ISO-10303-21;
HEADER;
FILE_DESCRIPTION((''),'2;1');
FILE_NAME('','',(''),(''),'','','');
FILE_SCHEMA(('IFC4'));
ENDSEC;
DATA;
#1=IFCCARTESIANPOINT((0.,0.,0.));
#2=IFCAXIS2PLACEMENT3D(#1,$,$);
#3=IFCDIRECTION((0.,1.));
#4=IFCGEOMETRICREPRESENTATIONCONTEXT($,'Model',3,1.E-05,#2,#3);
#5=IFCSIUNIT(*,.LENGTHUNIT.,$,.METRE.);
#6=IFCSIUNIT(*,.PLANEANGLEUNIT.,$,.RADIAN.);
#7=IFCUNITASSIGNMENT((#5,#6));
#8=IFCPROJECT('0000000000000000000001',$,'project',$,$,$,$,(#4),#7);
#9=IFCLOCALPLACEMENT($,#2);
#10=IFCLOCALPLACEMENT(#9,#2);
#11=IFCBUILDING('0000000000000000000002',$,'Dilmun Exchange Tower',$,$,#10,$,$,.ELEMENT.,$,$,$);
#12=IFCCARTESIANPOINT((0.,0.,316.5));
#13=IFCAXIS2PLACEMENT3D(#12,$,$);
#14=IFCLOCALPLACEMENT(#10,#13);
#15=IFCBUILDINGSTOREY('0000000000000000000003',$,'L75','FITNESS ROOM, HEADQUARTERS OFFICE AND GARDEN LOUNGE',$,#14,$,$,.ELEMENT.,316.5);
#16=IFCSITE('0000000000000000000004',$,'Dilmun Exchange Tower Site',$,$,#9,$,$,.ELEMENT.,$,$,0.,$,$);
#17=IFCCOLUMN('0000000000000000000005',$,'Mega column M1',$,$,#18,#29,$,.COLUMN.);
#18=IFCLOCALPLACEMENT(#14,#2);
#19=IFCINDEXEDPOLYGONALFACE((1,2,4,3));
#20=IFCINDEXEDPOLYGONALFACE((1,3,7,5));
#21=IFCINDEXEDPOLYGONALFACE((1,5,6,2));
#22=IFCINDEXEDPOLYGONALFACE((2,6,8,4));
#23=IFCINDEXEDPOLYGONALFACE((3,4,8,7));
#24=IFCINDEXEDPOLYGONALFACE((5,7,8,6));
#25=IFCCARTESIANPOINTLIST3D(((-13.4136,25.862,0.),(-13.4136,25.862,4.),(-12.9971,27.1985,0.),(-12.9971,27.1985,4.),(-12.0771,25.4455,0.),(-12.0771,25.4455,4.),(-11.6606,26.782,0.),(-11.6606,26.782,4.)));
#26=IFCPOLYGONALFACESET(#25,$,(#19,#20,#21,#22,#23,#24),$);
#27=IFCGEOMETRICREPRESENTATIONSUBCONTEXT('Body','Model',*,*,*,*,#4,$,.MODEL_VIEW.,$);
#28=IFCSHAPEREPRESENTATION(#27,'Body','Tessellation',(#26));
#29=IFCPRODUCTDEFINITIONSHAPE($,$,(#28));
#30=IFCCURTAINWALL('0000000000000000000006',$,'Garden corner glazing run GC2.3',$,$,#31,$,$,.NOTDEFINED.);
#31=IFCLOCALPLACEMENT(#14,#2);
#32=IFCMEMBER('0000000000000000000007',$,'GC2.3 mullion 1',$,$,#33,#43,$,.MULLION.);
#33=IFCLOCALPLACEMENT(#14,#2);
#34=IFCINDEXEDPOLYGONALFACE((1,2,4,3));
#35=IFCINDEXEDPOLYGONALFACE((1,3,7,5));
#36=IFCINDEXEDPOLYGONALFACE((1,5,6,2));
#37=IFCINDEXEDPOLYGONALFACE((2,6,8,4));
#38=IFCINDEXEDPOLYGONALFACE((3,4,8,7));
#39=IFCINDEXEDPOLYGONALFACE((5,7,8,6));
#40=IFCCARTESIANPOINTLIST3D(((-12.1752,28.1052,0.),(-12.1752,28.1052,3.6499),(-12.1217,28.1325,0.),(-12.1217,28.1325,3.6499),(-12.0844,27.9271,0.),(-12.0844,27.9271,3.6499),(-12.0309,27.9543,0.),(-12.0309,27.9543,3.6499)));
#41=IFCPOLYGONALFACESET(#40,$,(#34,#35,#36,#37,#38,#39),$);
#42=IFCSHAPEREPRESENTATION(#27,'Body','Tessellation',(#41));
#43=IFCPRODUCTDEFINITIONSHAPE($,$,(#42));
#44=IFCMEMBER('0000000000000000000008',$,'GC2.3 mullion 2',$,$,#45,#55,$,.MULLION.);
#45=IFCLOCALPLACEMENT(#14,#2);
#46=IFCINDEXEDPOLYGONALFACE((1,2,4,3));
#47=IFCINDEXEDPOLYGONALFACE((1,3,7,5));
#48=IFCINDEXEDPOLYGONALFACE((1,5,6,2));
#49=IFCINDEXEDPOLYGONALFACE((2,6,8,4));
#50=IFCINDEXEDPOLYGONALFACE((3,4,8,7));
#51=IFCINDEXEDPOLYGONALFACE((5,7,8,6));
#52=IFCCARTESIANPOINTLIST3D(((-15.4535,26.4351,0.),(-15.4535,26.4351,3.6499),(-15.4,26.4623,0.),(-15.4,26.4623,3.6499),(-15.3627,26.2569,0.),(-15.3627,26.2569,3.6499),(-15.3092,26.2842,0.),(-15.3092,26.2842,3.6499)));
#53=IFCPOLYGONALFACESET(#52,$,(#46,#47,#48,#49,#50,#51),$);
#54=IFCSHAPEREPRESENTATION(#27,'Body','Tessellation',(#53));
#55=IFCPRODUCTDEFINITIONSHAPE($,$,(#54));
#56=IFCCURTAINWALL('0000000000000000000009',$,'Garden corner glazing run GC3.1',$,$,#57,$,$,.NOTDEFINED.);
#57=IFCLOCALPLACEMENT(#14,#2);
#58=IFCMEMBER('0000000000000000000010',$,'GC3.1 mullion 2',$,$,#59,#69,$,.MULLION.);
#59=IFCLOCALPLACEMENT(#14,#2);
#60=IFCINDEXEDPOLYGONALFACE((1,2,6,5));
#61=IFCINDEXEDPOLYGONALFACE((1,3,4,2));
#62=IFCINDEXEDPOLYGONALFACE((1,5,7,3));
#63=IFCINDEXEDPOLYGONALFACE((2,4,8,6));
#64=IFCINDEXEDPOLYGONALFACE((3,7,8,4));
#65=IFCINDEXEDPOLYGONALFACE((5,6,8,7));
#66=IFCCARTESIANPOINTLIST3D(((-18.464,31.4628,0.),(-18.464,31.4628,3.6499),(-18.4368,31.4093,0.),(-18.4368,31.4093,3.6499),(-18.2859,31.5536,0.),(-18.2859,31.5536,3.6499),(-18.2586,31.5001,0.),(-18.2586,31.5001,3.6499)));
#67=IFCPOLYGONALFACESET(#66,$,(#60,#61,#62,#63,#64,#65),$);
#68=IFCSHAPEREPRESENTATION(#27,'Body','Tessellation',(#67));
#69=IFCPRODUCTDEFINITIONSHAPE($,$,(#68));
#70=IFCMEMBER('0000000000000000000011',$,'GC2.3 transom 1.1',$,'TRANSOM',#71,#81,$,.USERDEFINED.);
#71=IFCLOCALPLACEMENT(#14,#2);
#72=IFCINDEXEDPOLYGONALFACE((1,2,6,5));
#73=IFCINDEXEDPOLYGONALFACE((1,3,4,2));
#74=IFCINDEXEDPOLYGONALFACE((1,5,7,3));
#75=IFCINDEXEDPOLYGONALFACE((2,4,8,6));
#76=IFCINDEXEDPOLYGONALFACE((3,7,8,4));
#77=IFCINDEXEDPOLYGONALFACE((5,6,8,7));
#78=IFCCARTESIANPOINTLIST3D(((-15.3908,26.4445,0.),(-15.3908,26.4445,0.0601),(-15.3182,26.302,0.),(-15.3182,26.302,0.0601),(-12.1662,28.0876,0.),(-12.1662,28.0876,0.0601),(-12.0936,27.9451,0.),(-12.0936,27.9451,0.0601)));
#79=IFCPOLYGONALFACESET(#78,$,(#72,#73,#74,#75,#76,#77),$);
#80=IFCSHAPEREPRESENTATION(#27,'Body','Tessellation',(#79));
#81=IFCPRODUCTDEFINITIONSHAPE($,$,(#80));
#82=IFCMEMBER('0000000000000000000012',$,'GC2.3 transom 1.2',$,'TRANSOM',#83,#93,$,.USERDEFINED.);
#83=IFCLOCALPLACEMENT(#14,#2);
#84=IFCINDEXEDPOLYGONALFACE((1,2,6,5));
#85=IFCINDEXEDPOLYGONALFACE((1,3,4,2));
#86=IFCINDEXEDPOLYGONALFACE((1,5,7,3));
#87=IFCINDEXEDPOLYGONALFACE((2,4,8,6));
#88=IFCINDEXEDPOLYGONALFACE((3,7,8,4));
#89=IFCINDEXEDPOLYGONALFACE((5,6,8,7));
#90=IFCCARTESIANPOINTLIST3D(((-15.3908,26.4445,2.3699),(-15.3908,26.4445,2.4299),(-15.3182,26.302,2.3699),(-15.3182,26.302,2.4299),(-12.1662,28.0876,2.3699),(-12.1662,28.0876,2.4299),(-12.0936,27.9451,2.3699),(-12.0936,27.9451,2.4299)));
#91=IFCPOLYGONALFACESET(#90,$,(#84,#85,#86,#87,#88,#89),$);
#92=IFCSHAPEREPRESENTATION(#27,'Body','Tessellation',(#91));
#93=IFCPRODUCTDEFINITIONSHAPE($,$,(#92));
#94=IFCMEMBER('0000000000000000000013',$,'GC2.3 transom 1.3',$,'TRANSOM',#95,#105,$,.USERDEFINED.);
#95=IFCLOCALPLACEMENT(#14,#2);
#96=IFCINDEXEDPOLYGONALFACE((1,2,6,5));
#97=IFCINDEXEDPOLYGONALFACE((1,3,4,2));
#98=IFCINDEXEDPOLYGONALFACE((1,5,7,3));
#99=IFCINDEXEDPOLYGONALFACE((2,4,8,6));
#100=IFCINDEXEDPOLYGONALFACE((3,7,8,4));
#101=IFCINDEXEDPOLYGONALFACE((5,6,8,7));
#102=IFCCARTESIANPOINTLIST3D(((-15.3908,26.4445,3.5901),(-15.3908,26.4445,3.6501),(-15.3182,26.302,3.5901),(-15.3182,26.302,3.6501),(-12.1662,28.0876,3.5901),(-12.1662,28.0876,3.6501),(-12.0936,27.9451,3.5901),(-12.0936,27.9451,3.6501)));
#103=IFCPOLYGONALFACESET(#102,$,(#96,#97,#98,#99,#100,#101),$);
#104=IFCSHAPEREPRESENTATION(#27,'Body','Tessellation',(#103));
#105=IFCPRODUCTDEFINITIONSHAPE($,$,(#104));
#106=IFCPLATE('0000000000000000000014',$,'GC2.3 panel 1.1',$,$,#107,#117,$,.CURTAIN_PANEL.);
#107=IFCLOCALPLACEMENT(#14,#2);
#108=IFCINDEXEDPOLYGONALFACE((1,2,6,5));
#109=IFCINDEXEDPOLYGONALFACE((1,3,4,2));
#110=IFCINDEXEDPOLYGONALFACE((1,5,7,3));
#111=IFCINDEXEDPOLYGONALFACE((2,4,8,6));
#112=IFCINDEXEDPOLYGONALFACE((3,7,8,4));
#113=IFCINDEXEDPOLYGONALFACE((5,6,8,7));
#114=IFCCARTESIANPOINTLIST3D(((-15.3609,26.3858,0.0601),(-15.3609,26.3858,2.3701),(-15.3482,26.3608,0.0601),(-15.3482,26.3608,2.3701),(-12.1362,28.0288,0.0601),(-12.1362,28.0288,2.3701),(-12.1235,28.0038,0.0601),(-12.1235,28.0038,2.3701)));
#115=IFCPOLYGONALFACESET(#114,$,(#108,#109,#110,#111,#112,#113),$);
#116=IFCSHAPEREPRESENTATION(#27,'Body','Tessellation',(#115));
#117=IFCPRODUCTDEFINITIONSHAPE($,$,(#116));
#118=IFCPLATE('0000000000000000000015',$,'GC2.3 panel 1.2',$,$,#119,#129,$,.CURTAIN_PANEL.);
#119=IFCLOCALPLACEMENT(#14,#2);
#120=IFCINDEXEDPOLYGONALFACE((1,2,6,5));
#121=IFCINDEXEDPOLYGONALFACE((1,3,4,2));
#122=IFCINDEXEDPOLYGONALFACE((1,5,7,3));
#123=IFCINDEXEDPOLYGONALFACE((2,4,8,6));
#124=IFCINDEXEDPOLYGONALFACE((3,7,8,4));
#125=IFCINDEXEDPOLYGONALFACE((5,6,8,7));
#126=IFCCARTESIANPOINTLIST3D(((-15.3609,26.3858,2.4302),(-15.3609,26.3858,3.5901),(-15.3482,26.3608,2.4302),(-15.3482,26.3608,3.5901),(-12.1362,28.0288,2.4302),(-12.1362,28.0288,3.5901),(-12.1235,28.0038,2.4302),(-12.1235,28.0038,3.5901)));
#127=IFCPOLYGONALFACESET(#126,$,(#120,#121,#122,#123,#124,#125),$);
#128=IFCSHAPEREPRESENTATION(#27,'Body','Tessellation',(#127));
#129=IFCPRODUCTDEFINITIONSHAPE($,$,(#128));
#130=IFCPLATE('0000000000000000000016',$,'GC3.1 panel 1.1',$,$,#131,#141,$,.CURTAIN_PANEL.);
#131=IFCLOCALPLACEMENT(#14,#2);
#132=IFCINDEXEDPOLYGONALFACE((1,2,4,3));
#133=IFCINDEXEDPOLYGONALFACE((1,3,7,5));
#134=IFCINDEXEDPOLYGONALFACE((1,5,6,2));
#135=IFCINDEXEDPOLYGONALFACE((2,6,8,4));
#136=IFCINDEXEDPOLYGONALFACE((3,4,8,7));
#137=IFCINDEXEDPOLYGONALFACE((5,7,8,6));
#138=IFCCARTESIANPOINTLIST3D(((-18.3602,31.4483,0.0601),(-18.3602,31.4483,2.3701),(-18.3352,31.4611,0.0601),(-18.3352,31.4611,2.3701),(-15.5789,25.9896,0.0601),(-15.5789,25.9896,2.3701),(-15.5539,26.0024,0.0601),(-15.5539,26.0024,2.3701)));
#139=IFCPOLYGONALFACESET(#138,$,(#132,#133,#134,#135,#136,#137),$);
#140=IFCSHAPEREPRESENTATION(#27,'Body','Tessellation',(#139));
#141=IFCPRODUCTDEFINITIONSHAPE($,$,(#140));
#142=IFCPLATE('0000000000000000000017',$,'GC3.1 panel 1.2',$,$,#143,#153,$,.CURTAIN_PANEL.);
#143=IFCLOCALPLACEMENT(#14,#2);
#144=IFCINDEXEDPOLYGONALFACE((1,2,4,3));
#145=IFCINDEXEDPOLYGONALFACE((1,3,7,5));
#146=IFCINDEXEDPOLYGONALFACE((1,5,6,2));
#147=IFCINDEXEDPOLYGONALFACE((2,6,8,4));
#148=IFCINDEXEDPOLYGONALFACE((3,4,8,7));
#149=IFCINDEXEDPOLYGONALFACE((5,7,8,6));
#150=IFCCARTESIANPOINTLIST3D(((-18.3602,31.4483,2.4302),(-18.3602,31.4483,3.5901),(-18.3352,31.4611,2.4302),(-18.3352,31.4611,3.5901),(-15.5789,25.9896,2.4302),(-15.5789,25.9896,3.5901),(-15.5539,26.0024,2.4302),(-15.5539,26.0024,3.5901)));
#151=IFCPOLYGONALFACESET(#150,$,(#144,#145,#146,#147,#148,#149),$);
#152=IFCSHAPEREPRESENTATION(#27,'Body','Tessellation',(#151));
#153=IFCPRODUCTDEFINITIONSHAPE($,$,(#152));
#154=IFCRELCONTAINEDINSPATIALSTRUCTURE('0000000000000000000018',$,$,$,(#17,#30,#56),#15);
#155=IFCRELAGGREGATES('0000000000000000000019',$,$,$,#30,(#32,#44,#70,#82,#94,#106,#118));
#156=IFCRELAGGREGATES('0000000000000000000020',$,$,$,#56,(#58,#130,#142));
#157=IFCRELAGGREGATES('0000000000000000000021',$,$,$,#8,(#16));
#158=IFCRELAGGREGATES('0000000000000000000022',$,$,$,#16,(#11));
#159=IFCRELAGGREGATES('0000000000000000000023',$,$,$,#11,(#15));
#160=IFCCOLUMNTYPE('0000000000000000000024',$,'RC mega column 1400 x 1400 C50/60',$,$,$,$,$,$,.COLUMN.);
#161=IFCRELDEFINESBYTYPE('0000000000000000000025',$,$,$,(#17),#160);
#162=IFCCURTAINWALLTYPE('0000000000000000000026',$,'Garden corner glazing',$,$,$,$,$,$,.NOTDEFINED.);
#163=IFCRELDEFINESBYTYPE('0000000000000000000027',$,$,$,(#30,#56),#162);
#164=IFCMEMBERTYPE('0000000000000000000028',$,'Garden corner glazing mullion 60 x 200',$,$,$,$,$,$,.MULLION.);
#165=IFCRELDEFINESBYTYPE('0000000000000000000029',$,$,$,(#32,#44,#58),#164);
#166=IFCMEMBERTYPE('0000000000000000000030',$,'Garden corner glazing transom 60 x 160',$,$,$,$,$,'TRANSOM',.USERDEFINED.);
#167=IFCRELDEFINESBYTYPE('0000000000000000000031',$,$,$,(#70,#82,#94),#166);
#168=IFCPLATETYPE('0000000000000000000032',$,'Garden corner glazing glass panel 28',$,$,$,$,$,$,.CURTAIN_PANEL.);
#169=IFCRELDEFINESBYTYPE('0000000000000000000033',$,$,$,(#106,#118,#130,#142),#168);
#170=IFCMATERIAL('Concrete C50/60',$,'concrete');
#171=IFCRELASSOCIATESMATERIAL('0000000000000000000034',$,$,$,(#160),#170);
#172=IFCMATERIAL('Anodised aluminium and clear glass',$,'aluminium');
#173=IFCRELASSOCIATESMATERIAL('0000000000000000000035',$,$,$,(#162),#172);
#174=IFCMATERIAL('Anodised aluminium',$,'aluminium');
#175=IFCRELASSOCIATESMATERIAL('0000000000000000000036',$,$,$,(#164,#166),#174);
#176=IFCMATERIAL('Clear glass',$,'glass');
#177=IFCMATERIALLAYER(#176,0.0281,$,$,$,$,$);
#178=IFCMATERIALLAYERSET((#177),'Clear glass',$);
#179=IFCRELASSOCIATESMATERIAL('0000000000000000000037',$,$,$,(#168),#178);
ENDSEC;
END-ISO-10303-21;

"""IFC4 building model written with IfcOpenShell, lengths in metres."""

from ifc_helpers import new_model, si_unit, direction, frame, origin, origin_2d, place, context, subcontext, project, spatial, rectangle, extrude, material, layer, layer_set, material_profile, profile_set, type_object, element, aggregate, save


model = new_model("IFC4")

# Units and contexts
model_context = context("Model", 3, precision=1e-05, world=origin(), true_north=direction((0.0, 1.0)))
body_context = subcontext(model_context, "Body", "Model", "MODEL_VIEW")
ifc_project = project(units=[si_unit("LENGTHUNIT", "METRE"), si_unit("PLANEANGLEUNIT", "RADIAN")], contexts=[model_context])

# Site, building, storey
site_placement = place(None, origin())
site = spatial("IfcSite", under=ifc_project, at=site_placement, Name="Dilmun Exchange Tower Site", CompositionType="ELEMENT", RefElevation=0.0)
building_placement = place(site_placement, origin())
building = spatial("IfcBuilding", under=site, at=building_placement, Name="Dilmun Exchange Tower", CompositionType="ELEMENT")
storey_placement = place(building_placement, frame((0.0, 0.0, 316.5)))
storey = spatial("IfcBuildingStorey", under=building, at=storey_placement, Name="L75", Description="FITNESS ROOM, HEADQUARTERS OFFICE AND GARDEN LOUNGE", CompositionType="ELEMENT", Elevation=316.5)

# Column
ifc_material_1 = material(Name="Concrete C50/60", Category="concrete")
ifc_material_profile_1 = material_profile(ifc_material_1, rectangle(XDim=1.3999, YDim=1.3999, at=origin_2d()), Name="1400 x 1400")
ifc_profile_set_1 = profile_set([ifc_material_profile_1], Name="Concrete C50/60")
column_type = type_object("IfcColumnType", Name="RC mega column 1400 x 1400 C50/60", PredefinedType="COLUMN", material=ifc_profile_set_1)
column_placement = place(storey_placement, frame((-12.5371, 26.322, 0.0), z_axis=(0.0, 0.0, 1.0), x_axis=(0.297503, 0.954721, 0.0)))
element("IfcColumn", 1, at=column_placement, inside=storey, type_object=column_type, Name="Mega column M1", PredefinedType="COLUMN", context=body_context, shape_type="SweptSolid", body=[
    extrude(rectangle(XDim=1.3999, YDim=1.3999, at=origin_2d()), origin(), (0.0, 0.0, 1.0), 4.0),
])

# Curtain wall, members
ifc_material_2 = material(Name="Anodised aluminium and clear glass", Category="aluminium")
curtain_wall_type = type_object("IfcCurtainWallType", Name="Garden corner glazing", PredefinedType="NOTDEFINED", material=ifc_material_2)
curtain_wall_1_placement = place(storey_placement, origin())
curtain_wall_1 = element("IfcCurtainWall", 2, at=curtain_wall_1_placement, inside=storey, type_object=curtain_wall_type, Name="Garden corner glazing run GC2.3", PredefinedType="NOTDEFINED")
ifc_material_3 = material(Name="Anodised aluminium", Category="aluminium")
ifc_material_profile_2 = material_profile(ifc_material_3, rectangle(XDim=0.2, YDim=0.0601, at=origin_2d()), Name="AL 60x200")
ifc_profile_set_2 = profile_set([ifc_material_profile_2], Name="Anodised aluminium")
member_type_1 = type_object("IfcMemberType", Name="Garden corner glazing mullion 60 x 200", PredefinedType="MULLION", material=ifc_profile_set_2)
member_1_placement = place(storey_placement, frame((-12.103, 28.0298, 0.0), z_axis=(0.0, 0.0, 1.0), x_axis=(0.453983, -0.89101, 0.0)))
member_1 = element("IfcMember", 3, at=member_1_placement, type_object=member_type_1, Name="GC2.3 mullion 1", PredefinedType="MULLION", context=body_context, shape_type="SweptSolid", body=[
    extrude(rectangle(XDim=0.2, YDim=0.0601, at=origin_2d()), origin(), (0.0, 0.0, 1.0), 3.6499),
])
member_2_placement = place(storey_placement, frame((-15.3813, 26.3596, 0.0), z_axis=(0.0, 0.0, 1.0), x_axis=(0.453983, -0.89101, 0.0)))
member_2 = element("IfcMember", 4, at=member_2_placement, type_object=member_type_1, Name="GC2.3 mullion 2", PredefinedType="MULLION", context=body_context, shape_type="SweptSolid", body=[
    extrude(rectangle(XDim=0.2, YDim=0.0601, at=origin_2d()), origin(), (0.0, 0.0, 1.0), 3.6499),
])

# Curtain wall, member
curtain_wall_2_placement = place(storey_placement, origin())
curtain_wall_2 = element("IfcCurtainWall", 5, at=curtain_wall_2_placement, inside=storey, type_object=curtain_wall_type, Name="Garden corner glazing run GC3.1", PredefinedType="NOTDEFINED")
member_3_placement = place(storey_placement, frame((-18.3613, 31.4814, 0.0), z_axis=(0.0, 0.0, 1.0), x_axis=(-0.891007, -0.453989, 0.0)))
member_3 = element("IfcMember", 6, at=member_3_placement, type_object=member_type_1, Name="GC3.1 mullion 2", PredefinedType="MULLION", context=body_context, shape_type="SweptSolid", body=[
    extrude(rectangle(XDim=0.2, YDim=0.0601, at=origin_2d()), origin(), (0.0, 0.0, 1.0), 3.6499),
])

# Members
ifc_material_profile_3 = material_profile(ifc_material_3, rectangle(XDim=0.1599, YDim=0.0601, at=origin_2d()), Name="AL 60x160")
ifc_profile_set_3 = profile_set([ifc_material_profile_3], Name="Anodised aluminium")
member_type_2 = type_object("IfcMemberType", Name="Garden corner glazing transom 60 x 160", ElementType="TRANSOM", PredefinedType="USERDEFINED", material=ifc_profile_set_3)
member_4_placement = place(storey_placement, frame((-12.1299, 28.0164, 0.03), z_axis=(-0.891001, -0.454001, 0.0), x_axis=(0.454001, -0.891001, 0.0)))
member_4 = element("IfcMember", 7, at=member_4_placement, type_object=member_type_2, Name="GC2.3 transom 1.1", ObjectType="TRANSOM", PredefinedType="USERDEFINED", context=body_context, shape_type="SweptSolid", body=[
    extrude(rectangle(XDim=0.1599, YDim=0.0601, at=origin_2d()), origin(), (0.0, 0.0, 1.0), 3.6191),
])
member_5_placement = place(storey_placement, frame((-12.1299, 28.0164, 2.3999), z_axis=(-0.891001, -0.454001, 0.0), x_axis=(0.454001, -0.891001, 0.0)))
member_5 = element("IfcMember", 8, at=member_5_placement, type_object=member_type_2, Name="GC2.3 transom 1.2", ObjectType="TRANSOM", PredefinedType="USERDEFINED", context=body_context, shape_type="SweptSolid", body=[
    extrude(rectangle(XDim=0.1599, YDim=0.0601, at=origin_2d()), origin(), (0.0, 0.0, 1.0), 3.6191),
])
member_6_placement = place(storey_placement, frame((-12.1299, 28.0164, 3.6201), z_axis=(-0.891001, -0.454001, 0.0), x_axis=(0.454001, -0.891001, 0.0)))
member_6 = element("IfcMember", 9, at=member_6_placement, type_object=member_type_2, Name="GC2.3 transom 1.3", ObjectType="TRANSOM", PredefinedType="USERDEFINED", context=body_context, shape_type="SweptSolid", body=[
    extrude(rectangle(XDim=0.1599, YDim=0.0601, at=origin_2d()), origin(), (0.0, 0.0, 1.0), 3.6191),
])

# Plates
ifc_material_4 = material(Name="Clear glass", Category="glass")
ifc_layer_1 = layer(ifc_material_4, 0.0281)
ifc_layer_set_1 = layer_set([ifc_layer_1], Name="Clear glass")
plate_type = type_object("IfcPlateType", Name="Garden corner glazing glass panel 28", PredefinedType="CURTAIN_PANEL", material=ifc_layer_set_1)
plate_1_placement = place(storey_placement, frame((-13.7422, 27.1948, 0.0601), z_axis=(0.0, 0.0, 1.0), x_axis=(-0.89101, -0.453983, 0.0)))
plate_1 = element("IfcPlate", 10, at=plate_1_placement, type_object=plate_type, Name="GC2.3 panel 1.1", PredefinedType="CURTAIN_PANEL", context=body_context, shape_type="SweptSolid", body=[
    extrude(rectangle(XDim=3.6191, YDim=0.0281, at=origin_2d()), origin(), (0.0, 0.0, 1.0), 2.3101),
])
plate_2_placement = place(storey_placement, frame((-13.7422, 27.1948, 2.4302), z_axis=(0.0, 0.0, 1.0), x_axis=(-0.89101, -0.453983, 0.0)))
plate_2 = element("IfcPlate", 11, at=plate_2_placement, type_object=plate_type, Name="GC2.3 panel 1.2", PredefinedType="CURTAIN_PANEL", context=body_context, shape_type="SweptSolid", body=[
    extrude(rectangle(XDim=3.6191, YDim=0.0281, at=origin_2d()), origin(), (0.0, 0.0, 1.0), 1.1599),
])
aggregate(curtain_wall_1, [member_1, member_2, member_4, member_5, member_6, plate_1, plate_2])
plate_3_placement = place(storey_placement, frame((-16.957, 28.7253, 0.0601), z_axis=(0.0, 0.0, 1.0), x_axis=(-0.453989, 0.891007, 0.0)))
plate_3 = element("IfcPlate", 12, at=plate_3_placement, type_object=plate_type, Name="GC3.1 panel 1.1", PredefinedType="CURTAIN_PANEL", context=body_context, shape_type="SweptSolid", body=[
    extrude(rectangle(XDim=6.1265, YDim=0.0281, at=origin_2d()), origin(), (0.0, 0.0, 1.0), 2.3101),
])
plate_4_placement = place(storey_placement, frame((-16.957, 28.7253, 2.4302), z_axis=(0.0, 0.0, 1.0), x_axis=(-0.453989, 0.891007, 0.0)))
plate_4 = element("IfcPlate", 13, at=plate_4_placement, type_object=plate_type, Name="GC3.1 panel 1.2", PredefinedType="CURTAIN_PANEL", context=body_context, shape_type="SweptSolid", body=[
    extrude(rectangle(XDim=6.1265, YDim=0.0281, at=origin_2d()), origin(), (0.0, 0.0, 1.0), 1.1599),
])
aggregate(curtain_wall_2, [member_3, plate_3, plate_4])

save(model, "model.ifc")
